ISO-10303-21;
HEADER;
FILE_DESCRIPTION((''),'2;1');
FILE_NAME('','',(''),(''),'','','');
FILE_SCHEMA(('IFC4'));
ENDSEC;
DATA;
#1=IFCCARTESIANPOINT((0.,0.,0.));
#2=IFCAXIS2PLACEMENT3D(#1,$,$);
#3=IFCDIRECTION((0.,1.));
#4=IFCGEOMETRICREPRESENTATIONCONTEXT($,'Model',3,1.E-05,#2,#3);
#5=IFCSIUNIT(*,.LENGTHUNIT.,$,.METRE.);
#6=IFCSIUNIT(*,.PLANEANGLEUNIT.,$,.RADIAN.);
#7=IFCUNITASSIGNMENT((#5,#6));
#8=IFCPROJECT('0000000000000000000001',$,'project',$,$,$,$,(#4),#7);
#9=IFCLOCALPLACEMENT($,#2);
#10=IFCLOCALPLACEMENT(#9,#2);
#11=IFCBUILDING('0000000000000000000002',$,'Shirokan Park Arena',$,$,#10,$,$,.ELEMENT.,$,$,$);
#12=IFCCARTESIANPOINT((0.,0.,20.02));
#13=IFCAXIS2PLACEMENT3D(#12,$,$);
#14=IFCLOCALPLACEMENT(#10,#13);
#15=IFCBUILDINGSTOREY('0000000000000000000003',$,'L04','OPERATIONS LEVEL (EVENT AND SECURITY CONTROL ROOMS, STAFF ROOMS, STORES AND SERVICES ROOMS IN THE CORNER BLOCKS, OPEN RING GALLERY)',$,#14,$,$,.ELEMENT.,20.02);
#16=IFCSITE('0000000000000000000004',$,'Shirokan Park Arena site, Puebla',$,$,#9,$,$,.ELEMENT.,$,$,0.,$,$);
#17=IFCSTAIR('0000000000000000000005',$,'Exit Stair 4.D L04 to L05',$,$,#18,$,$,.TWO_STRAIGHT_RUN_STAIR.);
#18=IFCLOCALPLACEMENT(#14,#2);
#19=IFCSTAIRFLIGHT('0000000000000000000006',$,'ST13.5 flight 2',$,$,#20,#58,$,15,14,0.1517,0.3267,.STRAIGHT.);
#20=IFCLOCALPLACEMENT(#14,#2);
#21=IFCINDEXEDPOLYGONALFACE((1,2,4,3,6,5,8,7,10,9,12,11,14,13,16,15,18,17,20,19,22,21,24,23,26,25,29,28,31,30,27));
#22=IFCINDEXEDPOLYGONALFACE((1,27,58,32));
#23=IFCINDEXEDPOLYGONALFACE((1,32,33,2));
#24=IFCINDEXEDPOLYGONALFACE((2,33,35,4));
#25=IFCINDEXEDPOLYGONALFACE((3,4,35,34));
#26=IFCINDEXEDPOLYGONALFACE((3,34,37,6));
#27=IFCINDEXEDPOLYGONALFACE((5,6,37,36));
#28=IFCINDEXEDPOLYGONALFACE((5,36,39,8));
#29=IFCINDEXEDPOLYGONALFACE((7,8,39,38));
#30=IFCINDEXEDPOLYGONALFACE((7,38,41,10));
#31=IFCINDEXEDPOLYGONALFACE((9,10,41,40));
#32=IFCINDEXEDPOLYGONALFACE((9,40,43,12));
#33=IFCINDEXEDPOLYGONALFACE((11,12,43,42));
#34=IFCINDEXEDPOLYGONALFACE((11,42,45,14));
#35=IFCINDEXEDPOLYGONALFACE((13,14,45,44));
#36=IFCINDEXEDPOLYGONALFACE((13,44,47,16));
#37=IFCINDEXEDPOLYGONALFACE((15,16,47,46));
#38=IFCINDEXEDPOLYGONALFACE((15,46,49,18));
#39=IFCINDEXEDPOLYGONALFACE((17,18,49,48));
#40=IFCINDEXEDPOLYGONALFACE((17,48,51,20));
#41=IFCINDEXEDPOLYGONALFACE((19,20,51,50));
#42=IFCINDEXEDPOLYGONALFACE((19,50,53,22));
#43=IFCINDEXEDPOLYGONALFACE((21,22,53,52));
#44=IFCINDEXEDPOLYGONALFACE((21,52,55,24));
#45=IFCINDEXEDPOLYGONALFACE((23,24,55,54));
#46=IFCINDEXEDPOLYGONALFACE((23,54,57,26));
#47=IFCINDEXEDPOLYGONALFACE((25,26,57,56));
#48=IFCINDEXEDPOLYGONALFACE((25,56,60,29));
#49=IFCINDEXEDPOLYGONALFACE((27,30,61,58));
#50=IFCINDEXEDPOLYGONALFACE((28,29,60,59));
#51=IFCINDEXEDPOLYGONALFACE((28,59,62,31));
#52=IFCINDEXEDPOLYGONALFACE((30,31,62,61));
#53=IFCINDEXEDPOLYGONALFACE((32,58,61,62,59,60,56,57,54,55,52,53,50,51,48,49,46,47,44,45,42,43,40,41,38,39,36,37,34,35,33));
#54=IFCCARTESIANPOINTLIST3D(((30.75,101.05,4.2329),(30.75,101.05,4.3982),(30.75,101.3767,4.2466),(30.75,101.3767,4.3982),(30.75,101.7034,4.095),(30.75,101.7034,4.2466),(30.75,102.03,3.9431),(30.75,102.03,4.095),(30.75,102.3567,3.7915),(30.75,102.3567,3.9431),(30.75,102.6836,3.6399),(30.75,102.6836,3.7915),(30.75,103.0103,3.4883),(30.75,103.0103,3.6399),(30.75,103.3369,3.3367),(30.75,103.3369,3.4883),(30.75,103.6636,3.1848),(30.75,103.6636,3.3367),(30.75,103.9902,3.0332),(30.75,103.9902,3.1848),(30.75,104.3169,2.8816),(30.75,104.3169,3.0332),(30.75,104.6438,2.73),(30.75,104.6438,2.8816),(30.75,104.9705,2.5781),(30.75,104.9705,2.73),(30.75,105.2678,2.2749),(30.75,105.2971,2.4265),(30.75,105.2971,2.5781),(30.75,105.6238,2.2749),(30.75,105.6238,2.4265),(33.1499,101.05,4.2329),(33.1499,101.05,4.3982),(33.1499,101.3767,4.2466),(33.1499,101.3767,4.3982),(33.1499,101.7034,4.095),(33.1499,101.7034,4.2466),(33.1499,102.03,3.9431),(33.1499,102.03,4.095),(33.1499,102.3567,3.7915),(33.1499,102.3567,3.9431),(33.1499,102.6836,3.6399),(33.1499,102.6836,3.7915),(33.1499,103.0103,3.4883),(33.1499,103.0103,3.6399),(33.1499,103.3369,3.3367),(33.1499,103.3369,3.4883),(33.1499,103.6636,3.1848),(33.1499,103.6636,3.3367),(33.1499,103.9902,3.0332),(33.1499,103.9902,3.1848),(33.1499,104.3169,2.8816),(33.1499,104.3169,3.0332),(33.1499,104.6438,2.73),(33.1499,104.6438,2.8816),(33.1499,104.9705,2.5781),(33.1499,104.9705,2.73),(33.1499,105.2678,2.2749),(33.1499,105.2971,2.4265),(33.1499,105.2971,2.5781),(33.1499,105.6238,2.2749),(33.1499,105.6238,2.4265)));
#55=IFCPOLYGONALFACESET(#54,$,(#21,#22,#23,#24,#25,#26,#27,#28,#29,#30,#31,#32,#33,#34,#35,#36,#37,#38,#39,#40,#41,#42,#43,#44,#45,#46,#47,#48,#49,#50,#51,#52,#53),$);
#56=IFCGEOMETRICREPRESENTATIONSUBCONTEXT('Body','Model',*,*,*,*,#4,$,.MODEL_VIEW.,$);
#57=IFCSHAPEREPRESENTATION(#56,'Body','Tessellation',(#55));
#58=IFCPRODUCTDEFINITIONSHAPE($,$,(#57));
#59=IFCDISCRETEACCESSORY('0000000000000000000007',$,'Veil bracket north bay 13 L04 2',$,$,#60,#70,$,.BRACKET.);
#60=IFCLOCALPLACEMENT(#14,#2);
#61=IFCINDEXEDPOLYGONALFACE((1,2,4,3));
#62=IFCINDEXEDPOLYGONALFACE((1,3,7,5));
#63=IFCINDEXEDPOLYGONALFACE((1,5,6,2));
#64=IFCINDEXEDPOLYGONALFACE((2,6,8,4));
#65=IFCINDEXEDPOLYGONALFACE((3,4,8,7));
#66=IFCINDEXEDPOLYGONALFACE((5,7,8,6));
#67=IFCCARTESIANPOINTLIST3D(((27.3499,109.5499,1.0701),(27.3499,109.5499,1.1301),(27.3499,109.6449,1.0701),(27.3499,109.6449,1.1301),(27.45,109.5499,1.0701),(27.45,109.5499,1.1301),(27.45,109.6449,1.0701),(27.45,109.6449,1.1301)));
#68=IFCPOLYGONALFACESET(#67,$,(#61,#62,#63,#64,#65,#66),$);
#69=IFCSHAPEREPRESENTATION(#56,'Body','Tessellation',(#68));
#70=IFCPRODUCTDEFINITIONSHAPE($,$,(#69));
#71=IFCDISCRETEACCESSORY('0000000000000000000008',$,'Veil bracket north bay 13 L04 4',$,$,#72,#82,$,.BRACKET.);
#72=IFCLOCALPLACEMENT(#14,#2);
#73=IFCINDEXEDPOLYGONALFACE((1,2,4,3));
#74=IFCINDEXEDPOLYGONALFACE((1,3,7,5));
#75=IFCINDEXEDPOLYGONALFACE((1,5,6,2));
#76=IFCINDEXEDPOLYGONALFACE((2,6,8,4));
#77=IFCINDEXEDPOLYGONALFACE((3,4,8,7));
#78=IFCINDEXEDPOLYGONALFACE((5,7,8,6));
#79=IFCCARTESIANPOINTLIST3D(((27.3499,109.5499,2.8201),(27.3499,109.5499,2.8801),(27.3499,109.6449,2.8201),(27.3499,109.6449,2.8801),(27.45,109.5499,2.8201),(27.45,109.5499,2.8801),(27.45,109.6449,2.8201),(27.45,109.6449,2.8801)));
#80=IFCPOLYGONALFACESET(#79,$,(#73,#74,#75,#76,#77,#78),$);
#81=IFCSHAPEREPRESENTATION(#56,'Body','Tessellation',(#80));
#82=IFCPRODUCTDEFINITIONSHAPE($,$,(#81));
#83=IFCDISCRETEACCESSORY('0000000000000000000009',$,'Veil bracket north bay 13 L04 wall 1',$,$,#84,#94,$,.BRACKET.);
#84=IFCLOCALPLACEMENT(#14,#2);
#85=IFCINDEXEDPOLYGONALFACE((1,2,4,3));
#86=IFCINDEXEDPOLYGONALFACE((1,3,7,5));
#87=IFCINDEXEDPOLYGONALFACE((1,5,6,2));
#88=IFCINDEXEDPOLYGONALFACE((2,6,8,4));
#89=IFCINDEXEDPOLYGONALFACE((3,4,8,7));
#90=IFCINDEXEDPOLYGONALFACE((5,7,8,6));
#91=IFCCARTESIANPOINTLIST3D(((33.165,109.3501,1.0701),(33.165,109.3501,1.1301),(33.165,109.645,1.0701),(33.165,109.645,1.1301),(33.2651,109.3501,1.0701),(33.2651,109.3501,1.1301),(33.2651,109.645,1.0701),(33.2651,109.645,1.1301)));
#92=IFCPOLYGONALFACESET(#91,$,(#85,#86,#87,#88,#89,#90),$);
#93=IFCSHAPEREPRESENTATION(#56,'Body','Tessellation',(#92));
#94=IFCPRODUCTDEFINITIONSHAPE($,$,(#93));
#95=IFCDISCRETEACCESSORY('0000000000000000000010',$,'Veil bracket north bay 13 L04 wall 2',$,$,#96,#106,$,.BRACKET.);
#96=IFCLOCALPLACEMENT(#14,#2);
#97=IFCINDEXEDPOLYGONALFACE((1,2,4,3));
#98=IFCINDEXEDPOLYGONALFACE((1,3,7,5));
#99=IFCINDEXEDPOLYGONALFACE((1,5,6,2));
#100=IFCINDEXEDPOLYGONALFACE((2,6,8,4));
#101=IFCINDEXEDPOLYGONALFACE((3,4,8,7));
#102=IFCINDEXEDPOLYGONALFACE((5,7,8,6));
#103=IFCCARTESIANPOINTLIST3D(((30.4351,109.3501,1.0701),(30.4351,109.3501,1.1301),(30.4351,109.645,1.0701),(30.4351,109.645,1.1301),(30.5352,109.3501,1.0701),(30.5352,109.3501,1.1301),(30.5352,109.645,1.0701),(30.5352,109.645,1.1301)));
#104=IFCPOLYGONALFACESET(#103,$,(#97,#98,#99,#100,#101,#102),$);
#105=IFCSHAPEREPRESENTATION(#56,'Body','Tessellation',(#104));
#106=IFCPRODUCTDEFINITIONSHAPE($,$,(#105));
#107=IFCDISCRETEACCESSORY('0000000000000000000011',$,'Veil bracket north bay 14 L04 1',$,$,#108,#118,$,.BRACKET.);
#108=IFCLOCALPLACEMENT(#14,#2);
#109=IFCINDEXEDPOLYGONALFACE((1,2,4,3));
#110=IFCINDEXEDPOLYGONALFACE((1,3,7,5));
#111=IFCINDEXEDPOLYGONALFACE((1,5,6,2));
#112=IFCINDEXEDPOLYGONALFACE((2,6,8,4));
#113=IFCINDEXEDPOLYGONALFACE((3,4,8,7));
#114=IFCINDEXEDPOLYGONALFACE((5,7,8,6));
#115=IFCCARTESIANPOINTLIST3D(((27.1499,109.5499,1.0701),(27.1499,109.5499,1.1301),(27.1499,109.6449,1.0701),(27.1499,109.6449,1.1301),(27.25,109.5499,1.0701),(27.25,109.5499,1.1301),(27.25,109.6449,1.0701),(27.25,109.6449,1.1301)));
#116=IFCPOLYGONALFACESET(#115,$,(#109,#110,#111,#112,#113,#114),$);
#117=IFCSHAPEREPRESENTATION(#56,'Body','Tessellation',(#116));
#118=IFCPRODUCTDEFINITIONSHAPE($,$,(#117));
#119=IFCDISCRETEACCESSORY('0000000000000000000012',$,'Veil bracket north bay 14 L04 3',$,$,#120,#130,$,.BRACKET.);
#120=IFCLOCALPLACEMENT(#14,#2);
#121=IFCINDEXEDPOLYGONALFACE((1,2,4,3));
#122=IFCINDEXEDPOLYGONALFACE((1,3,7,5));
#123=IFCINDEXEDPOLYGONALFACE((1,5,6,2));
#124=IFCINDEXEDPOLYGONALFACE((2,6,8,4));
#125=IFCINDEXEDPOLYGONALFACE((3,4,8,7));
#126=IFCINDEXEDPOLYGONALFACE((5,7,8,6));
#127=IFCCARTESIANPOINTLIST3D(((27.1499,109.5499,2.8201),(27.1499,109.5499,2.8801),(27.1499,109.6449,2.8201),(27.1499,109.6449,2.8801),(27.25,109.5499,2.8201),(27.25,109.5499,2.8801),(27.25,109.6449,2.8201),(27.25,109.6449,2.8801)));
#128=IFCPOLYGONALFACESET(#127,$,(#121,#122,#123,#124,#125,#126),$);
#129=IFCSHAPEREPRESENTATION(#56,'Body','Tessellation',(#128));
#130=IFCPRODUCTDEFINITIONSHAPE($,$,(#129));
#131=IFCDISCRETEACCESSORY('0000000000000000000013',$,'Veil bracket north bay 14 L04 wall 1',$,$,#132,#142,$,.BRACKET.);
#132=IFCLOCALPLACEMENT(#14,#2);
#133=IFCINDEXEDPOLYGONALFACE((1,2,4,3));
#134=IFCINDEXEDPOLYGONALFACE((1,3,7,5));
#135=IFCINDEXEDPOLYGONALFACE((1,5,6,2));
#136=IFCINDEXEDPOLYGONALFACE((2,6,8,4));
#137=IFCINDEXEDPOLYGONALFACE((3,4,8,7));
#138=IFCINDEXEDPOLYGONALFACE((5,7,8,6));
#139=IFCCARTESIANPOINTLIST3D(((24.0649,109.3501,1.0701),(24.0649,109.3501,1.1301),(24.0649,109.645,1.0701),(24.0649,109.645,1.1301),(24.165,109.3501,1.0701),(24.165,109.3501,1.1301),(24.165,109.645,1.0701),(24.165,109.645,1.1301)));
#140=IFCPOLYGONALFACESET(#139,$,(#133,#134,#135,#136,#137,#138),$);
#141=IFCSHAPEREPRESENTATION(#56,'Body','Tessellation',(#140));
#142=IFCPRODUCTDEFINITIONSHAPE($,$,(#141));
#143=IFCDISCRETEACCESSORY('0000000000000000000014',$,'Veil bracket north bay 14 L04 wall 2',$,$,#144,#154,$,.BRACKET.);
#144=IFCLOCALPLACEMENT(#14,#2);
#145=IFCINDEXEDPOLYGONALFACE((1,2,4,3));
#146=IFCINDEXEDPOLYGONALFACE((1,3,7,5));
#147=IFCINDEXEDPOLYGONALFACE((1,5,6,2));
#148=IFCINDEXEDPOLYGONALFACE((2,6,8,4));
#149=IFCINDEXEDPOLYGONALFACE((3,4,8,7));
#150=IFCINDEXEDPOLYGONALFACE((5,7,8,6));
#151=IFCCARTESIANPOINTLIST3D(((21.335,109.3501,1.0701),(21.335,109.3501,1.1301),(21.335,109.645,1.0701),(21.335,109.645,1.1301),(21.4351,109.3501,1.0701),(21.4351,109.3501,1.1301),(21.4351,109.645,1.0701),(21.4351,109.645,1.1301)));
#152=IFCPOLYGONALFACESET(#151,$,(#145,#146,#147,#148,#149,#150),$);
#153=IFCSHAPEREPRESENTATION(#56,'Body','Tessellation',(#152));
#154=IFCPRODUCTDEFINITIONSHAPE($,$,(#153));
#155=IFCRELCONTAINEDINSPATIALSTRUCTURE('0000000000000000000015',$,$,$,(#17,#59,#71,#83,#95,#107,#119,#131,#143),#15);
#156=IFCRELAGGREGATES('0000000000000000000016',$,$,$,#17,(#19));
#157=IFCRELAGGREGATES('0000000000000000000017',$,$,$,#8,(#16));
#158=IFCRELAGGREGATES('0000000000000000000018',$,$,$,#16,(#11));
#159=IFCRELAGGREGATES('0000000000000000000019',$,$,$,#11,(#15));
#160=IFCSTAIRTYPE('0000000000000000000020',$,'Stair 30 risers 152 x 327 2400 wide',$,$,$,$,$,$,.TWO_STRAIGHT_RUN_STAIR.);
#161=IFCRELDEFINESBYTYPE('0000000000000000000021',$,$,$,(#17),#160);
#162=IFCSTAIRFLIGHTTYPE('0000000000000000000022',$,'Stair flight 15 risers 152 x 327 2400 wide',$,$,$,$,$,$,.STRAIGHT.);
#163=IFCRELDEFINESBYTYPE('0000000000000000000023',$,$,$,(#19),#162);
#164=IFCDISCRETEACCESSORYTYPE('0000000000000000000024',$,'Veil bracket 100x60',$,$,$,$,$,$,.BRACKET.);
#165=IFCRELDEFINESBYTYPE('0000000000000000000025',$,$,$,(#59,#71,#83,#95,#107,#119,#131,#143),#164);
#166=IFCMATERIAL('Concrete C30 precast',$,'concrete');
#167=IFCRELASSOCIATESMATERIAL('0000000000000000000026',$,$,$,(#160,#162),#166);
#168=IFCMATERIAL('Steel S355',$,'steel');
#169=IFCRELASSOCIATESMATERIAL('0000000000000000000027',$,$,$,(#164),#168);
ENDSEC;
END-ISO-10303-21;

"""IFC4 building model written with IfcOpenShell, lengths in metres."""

from ifc_helpers import new_model, si_unit, direction, frame, origin, origin_2d, place, context, subcontext, project, spatial, polyline, rectangle, outline, extrude, material, type_object, element, aggregate, save


model = new_model("IFC4")

# Units and contexts
model_context = context("Model", 3, precision=1e-05, world=origin(), true_north=direction((0.0, 1.0)))
body_context = subcontext(model_context, "Body", "Model", "MODEL_VIEW")
ifc_project = project(units=[si_unit("LENGTHUNIT", "METRE"), si_unit("PLANEANGLEUNIT", "RADIAN")], contexts=[model_context])

# Site, building, storey
site_placement = place(None, origin())
site = spatial("IfcSite", under=ifc_project, at=site_placement, Name="Shirokan Park Arena site, Puebla", CompositionType="ELEMENT", RefElevation=0.0)
building_placement = place(site_placement, origin())
building = spatial("IfcBuilding", under=site, at=building_placement, Name="Shirokan Park Arena", CompositionType="ELEMENT")
storey_placement = place(building_placement, frame((0.0, 0.0, 20.02)))
storey = spatial("IfcBuildingStorey", under=building, at=storey_placement, Name="L04", Description="OPERATIONS LEVEL (EVENT AND SECURITY CONTROL ROOMS, STAFF ROOMS, STORES AND SERVICES ROOMS IN THE CORNER BLOCKS, OPEN RING GALLERY)", CompositionType="ELEMENT", Elevation=20.02)

# Stair, stair flight
ifc_material_1 = material(Name="Concrete C30 precast", Category="concrete")
stair_type = type_object("IfcStairType", Name="Stair 30 risers 152 x 327 2400 wide", PredefinedType="TWO_STRAIGHT_RUN_STAIR", material=ifc_material_1)
stair_flight_type = type_object("IfcStairFlightType", Name="Stair flight 15 risers 152 x 327 2400 wide", PredefinedType="STRAIGHT", material=ifc_material_1)
stair_1_placement = place(storey_placement, origin())
stair_1 = element("IfcStair", 1, at=stair_1_placement, inside=storey, type_object=stair_type, Name="Exit Stair 4.D L04 to L05", PredefinedType="TWO_STRAIGHT_RUN_STAIR")
stair_flight_1_placement = place(storey_placement, frame((31.95, 105.6238, 2.2749), z_axis=(0.0, 0.0, 1.0), x_axis=(0.0, -1.0, 0.0)))
stair_flight_1 = element("IfcStairFlight", 2, at=stair_flight_1_placement, type_object=stair_flight_type, Name="ST13.5 flight 2", NumberOfRisers=15, NumberOfTreads=14, PredefinedType="STRAIGHT", RiserHeight=0.1517, TreadLength=0.3267, context=body_context, shape_type="SweptSolid", body=[
    extrude(outline(polyline([(0.0, 0.0), (0.0, 0.1516), (0.3267, 0.1516), (0.3267, 0.3032), (0.6533, 0.3032), (0.6533, 0.4551), (0.98, 0.4551), (0.98, 0.6067), (1.3069, 0.6067), (1.3069, 0.7583), (1.6335, 0.7583), (1.6335, 0.9099), (1.9602, 0.9099), (1.9602, 1.0618), (2.2869, 1.0618), (2.2869, 1.2134), (2.6135, 1.2134), (2.6135, 1.365), (2.9402, 1.365), (2.9402, 1.5166), (3.2671, 1.5166), (3.2671, 1.6682), (3.5938, 1.6682), (3.5938, 1.8201), (3.9204, 1.8201), (3.9204, 1.9717), (4.2471, 1.9717), (4.2471, 2.1233), (4.5737, 2.1233), (4.5737, 2.2749), (4.5737, 1.958), (0.356, 0.0), (0.0, 0.0)])), frame((0.0, 1.2, 0.0), z_axis=(0.0, -1.0, 0.0), x_axis=(1.0, 0.0, 0.0)), (0.0, 0.0, 1.0), 2.3999),
])
aggregate(stair_1, [stair_flight_1])

# Discrete accessories
ifc_material_2 = material(Name="Steel S355", Category="steel")
discrete_accessory_type = type_object("IfcDiscreteAccessoryType", Name="Veil bracket 100x60", PredefinedType="BRACKET", material=ifc_material_2)
for number, where, z_axis, x_axis, name in (
    (3, (27.3999, 109.5974, 1.0701), (0.0, 0.0, 1.0), (-1.0, 0.0, 0.0), "Veil bracket north bay 13 L04 2"),
    (4, (27.3999, 109.5974, 2.8201), (0.0, 0.0, 1.0), (-1.0, 0.0, 0.0), "Veil bracket north bay 13 L04 4"),
):
    element("IfcDiscreteAccessory", number, at=place(storey_placement, frame(where, z_axis=z_axis, x_axis=x_axis)), inside=storey, type_object=discrete_accessory_type, Name=name, PredefinedType="BRACKET", context=body_context, shape_type="SweptSolid", body=[
        extrude(rectangle(XDim=0.1001, YDim=0.095, at=origin_2d()), origin(), (0.0, 0.0, 1.0), 0.0601),
    ])
for number, where, z_axis, x_axis, name in (
    (5, (33.2151, 109.4976, 1.0701), (0.0, 0.0, 1.0), (-1.0, 0.0, 0.0), "Veil bracket north bay 13 L04 wall 1"),
    (6, (30.4851, 109.4976, 1.0701), (0.0, 0.0, 1.0), (-1.0, 0.0, 0.0), "Veil bracket north bay 13 L04 wall 2"),
):
    element("IfcDiscreteAccessory", number, at=place(storey_placement, frame(where, z_axis=z_axis, x_axis=x_axis)), inside=storey, type_object=discrete_accessory_type, Name=name, PredefinedType="BRACKET", context=body_context, shape_type="SweptSolid", body=[
        extrude(rectangle(XDim=0.1001, YDim=0.2949, at=origin_2d()), origin(), (0.0, 0.0, 1.0), 0.0601),
    ])
for number, where, z_axis, x_axis, name in (
    (7, (27.2, 109.5974, 1.0701), (0.0, 0.0, 1.0), (-1.0, 0.0, 0.0), "Veil bracket north bay 14 L04 1"),
    (8, (27.2, 109.5974, 2.8201), (0.0, 0.0, 1.0), (-1.0, 0.0, 0.0), "Veil bracket north bay 14 L04 3"),
):
    element("IfcDiscreteAccessory", number, at=place(storey_placement, frame(where, z_axis=z_axis, x_axis=x_axis)), inside=storey, type_object=discrete_accessory_type, Name=name, PredefinedType="BRACKET", context=body_context, shape_type="SweptSolid", body=[
        extrude(rectangle(XDim=0.1001, YDim=0.095, at=origin_2d()), origin(), (0.0, 0.0, 1.0), 0.0601),
    ])
for number, where, z_axis, x_axis, name in (
    (9, (24.115, 109.4976, 1.0701), (0.0, 0.0, 1.0), (-1.0, 0.0, 0.0), "Veil bracket north bay 14 L04 wall 1"),
    (10, (21.385, 109.4976, 1.0701), (0.0, 0.0, 1.0), (-1.0, 0.0, 0.0), "Veil bracket north bay 14 L04 wall 2"),
):
    element("IfcDiscreteAccessory", number, at=place(storey_placement, frame(where, z_axis=z_axis, x_axis=x_axis)), inside=storey, type_object=discrete_accessory_type, Name=name, PredefinedType="BRACKET", context=body_context, shape_type="SweptSolid", body=[
        extrude(rectangle(XDim=0.1001, YDim=0.2949, at=origin_2d()), origin(), (0.0, 0.0, 1.0), 0.0601),
    ])

save(model, "model.ifc")
